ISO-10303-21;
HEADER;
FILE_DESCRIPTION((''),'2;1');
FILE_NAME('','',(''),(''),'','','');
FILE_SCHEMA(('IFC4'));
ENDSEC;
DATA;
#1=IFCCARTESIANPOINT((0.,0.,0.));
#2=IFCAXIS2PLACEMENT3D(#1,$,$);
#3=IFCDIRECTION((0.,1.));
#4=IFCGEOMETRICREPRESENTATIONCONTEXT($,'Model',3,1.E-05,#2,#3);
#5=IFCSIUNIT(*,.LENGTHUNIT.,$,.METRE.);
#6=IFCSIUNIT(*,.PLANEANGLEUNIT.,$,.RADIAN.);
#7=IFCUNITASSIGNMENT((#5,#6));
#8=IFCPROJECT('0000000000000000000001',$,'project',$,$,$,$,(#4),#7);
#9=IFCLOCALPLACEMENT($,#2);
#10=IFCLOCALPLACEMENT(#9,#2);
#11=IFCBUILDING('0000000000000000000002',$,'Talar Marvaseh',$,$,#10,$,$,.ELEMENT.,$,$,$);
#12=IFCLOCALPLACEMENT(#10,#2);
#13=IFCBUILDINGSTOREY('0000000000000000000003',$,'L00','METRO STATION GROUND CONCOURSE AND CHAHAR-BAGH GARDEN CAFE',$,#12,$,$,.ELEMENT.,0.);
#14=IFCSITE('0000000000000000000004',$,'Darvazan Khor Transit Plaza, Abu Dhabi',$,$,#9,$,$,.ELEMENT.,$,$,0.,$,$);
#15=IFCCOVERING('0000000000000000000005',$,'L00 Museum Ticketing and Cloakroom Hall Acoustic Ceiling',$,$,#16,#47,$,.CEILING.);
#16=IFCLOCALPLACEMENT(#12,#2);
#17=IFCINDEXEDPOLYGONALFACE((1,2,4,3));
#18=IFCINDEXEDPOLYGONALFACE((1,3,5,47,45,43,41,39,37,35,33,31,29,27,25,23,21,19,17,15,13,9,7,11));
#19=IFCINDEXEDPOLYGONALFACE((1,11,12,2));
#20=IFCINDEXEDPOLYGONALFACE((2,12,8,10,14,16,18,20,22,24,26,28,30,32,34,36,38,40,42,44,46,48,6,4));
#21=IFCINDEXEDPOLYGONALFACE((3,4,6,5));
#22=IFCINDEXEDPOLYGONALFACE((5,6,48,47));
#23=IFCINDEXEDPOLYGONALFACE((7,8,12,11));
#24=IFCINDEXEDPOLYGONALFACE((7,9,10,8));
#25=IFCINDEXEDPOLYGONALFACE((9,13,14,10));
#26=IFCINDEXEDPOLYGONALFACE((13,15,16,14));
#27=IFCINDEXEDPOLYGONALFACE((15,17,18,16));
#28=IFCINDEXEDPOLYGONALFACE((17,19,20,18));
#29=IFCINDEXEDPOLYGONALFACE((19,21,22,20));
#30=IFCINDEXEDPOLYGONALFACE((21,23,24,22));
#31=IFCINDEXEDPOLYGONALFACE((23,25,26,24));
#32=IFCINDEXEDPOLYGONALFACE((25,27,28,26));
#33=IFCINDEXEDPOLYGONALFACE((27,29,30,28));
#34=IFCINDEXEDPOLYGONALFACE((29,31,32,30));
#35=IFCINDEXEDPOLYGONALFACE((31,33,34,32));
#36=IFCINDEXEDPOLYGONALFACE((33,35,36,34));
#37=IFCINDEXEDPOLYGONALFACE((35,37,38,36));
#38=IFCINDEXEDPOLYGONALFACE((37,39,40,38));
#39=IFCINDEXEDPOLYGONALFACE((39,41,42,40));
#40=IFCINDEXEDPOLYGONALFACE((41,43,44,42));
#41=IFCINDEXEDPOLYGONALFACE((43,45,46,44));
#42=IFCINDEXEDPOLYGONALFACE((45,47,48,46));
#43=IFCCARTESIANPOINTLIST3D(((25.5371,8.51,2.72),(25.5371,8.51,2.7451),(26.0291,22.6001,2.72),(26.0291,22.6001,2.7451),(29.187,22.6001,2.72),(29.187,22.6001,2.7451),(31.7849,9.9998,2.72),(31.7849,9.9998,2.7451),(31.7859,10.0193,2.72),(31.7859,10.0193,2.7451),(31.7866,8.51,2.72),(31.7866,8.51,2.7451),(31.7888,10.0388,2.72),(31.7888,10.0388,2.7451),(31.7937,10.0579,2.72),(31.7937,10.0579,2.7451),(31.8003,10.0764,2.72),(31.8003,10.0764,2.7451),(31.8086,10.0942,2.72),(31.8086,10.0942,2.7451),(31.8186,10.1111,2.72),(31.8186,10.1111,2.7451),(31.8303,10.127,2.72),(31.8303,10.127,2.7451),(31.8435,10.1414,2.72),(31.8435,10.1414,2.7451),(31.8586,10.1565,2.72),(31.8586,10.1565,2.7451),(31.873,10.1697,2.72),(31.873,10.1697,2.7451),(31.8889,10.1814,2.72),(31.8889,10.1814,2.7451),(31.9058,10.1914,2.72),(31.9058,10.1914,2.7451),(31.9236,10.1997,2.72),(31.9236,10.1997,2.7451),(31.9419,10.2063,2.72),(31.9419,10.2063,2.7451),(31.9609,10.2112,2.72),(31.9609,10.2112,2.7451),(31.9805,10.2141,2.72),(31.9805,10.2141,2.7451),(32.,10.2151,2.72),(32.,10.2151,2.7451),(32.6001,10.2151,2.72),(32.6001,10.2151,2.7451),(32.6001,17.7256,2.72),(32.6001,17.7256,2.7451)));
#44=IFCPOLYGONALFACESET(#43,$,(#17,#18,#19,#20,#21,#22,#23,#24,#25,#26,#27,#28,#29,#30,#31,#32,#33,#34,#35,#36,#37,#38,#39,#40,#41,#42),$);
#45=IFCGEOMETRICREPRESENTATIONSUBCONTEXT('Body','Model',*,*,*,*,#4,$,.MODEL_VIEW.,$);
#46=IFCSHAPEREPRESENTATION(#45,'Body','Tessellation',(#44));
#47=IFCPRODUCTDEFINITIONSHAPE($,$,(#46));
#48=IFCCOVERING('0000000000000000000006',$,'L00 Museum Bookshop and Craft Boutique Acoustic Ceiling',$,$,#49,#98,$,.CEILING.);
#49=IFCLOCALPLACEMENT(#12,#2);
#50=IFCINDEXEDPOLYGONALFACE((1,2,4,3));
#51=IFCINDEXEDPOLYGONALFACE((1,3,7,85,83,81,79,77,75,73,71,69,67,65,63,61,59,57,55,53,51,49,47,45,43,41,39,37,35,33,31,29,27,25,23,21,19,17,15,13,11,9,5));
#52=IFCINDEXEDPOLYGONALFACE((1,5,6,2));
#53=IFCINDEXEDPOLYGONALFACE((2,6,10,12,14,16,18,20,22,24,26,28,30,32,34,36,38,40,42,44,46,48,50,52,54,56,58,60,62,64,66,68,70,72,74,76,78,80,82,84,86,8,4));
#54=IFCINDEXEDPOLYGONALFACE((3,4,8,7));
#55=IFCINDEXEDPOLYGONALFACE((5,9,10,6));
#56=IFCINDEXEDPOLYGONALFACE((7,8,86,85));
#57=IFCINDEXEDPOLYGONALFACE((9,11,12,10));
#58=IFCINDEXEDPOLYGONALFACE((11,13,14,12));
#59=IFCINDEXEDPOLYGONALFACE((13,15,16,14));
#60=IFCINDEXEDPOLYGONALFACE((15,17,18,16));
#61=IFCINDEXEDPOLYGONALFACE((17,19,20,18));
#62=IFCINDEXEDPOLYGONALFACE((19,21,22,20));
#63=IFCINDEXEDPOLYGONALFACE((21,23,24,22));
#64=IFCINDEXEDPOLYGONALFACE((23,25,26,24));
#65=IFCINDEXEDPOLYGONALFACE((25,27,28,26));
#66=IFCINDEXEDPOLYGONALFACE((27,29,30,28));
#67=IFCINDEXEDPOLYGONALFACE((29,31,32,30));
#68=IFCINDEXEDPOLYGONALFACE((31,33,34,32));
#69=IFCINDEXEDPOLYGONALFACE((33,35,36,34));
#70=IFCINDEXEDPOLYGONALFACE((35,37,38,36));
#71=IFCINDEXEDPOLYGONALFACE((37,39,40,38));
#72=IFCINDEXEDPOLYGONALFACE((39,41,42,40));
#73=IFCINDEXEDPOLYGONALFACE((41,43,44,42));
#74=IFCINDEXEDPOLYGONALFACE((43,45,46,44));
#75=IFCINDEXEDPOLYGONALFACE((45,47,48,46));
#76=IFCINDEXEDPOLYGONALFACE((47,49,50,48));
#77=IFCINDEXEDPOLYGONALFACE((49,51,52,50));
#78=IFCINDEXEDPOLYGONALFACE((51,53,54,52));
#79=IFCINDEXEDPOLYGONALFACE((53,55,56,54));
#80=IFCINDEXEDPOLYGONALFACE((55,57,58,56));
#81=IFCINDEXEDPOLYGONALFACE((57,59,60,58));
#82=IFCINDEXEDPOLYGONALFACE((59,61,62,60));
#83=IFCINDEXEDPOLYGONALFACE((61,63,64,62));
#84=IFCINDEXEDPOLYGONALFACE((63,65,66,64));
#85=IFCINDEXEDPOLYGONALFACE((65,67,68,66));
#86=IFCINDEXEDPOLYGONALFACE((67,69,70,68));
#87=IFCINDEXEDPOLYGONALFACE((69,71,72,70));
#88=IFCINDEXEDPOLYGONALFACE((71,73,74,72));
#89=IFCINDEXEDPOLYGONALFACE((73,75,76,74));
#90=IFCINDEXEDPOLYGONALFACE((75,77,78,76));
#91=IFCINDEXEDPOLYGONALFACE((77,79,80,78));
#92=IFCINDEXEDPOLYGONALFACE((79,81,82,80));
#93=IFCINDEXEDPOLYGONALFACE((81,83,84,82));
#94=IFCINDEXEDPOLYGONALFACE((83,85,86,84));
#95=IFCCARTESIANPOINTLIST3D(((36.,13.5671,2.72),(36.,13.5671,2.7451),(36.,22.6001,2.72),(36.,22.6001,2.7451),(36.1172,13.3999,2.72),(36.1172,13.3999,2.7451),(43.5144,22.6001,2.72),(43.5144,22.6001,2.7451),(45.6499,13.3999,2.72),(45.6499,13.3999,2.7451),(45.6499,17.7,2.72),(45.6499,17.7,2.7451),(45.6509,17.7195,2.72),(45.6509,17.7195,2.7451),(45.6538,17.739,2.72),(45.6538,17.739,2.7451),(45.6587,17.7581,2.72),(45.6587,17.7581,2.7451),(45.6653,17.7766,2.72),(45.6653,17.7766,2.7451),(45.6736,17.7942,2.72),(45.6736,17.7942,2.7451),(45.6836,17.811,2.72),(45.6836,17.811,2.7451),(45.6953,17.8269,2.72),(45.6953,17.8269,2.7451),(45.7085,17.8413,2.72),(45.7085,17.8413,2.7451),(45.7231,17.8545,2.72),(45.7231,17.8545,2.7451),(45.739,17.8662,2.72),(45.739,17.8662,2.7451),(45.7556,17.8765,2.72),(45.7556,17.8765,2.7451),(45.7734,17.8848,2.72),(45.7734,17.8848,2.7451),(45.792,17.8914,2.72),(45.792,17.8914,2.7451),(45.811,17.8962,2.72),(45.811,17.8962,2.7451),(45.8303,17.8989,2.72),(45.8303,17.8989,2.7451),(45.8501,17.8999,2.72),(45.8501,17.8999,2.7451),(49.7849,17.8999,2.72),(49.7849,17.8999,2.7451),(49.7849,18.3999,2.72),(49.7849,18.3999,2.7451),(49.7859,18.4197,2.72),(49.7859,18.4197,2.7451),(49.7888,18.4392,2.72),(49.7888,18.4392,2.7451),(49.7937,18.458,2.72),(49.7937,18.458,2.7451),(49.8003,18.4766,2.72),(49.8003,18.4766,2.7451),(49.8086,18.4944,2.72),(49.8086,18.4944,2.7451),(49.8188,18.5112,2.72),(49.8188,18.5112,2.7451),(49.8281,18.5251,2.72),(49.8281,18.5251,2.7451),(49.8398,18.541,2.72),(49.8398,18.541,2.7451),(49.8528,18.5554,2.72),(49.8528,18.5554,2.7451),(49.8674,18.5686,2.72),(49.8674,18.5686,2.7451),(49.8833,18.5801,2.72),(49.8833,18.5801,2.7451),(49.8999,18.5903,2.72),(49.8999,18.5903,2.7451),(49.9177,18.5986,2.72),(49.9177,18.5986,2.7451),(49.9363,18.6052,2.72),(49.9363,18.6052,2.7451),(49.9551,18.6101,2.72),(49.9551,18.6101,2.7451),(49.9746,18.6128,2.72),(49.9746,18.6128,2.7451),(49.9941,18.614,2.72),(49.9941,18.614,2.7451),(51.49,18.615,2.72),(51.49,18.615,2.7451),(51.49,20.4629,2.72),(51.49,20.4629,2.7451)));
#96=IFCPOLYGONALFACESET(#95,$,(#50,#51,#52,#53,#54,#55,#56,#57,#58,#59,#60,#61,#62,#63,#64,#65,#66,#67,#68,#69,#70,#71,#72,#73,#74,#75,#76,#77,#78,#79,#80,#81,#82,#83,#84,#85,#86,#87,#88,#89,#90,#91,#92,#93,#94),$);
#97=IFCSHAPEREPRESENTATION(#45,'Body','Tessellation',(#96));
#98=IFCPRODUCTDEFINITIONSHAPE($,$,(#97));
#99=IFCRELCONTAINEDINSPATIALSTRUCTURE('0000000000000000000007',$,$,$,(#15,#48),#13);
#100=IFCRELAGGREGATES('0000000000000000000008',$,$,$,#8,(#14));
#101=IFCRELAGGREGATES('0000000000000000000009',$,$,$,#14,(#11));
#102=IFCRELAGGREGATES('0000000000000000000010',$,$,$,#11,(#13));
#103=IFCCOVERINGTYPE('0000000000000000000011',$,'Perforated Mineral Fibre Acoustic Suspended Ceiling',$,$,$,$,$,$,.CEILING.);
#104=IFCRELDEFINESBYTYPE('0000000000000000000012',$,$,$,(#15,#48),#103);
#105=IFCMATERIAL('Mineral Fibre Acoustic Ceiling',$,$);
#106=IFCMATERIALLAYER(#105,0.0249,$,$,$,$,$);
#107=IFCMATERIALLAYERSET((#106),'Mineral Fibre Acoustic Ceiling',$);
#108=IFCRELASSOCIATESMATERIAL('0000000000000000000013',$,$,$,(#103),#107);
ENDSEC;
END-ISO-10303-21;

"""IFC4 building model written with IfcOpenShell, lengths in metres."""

from ifc_helpers import new_model, si_unit, direction, frame, origin, place, context, subcontext, project, spatial, polyline, outline, extrude, material, layer, layer_set, type_object, element, save


model = new_model("IFC4")

# Units and contexts
model_context = context("Model", 3, precision=1e-05, world=origin(), true_north=direction((0.0, 1.0)))
body_context = subcontext(model_context, "Body", "Model", "MODEL_VIEW")
ifc_project = project(units=[si_unit("LENGTHUNIT", "METRE"), si_unit("PLANEANGLEUNIT", "RADIAN")], contexts=[model_context])

# Site, building, storey
site_placement = place(None, origin())
site = spatial("IfcSite", under=ifc_project, at=site_placement, Name="Darvazan Khor Transit Plaza, Abu Dhabi", CompositionType="ELEMENT", RefElevation=0.0)
building_placement = place(site_placement, origin())
building = spatial("IfcBuilding", under=site, at=building_placement, Name="Talar Marvaseh", CompositionType="ELEMENT")
storey_placement = place(building_placement, origin())
storey = spatial("IfcBuildingStorey", under=building, at=storey_placement, Name="L00", Description="METRO STATION GROUND CONCOURSE AND CHAHAR-BAGH GARDEN CAFE", CompositionType="ELEMENT", Elevation=0.0)

# Coverings
ifc_material_1 = material(Name="Mineral Fibre Acoustic Ceiling")
ifc_layer_1 = layer(ifc_material_1, 0.0249)
ifc_layer_set_1 = layer_set([ifc_layer_1], Name="Mineral Fibre Acoustic Ceiling")
covering_type_1 = type_object("IfcCoveringType", Name="Perforated Mineral Fibre Acoustic Suspended Ceiling", PredefinedType="CEILING", material=ifc_layer_set_1)
covering_1_placement = place(storey_placement, frame((0.0, 0.0, 2.72)))
element("IfcCovering", 1, at=covering_1_placement, inside=storey, type_object=covering_type_1, Name="L00 Museum Ticketing and Cloakroom Hall Acoustic Ceiling", PredefinedType="CEILING", context=body_context, shape_type="SweptSolid", body=[
    extrude(outline(polyline([(26.0291, 22.6001), (29.187, 22.6001), (32.6001, 17.7256), (32.6001, 10.2151), (32.0, 10.2151), (31.9805, 10.2141), (31.9609, 10.2112), (31.9419, 10.2063), (31.9236, 10.1997), (31.9058, 10.1914), (31.8889, 10.1814), (31.873, 10.1697), (31.8586, 10.1565), (31.8435, 10.1414), (31.8303, 10.127), (31.8186, 10.1111), (31.8086, 10.0942), (31.8003, 10.0764), (31.7937, 10.0579), (31.7888, 10.0388), (31.7859, 10.0193), (31.7849, 9.9998), (31.7866, 8.51), (25.5371, 8.51), (26.0291, 22.6001)])), origin(), (0.0, 0.0, 1.0), 0.0251),
])
covering_2_placement = place(storey_placement, frame((0.0, 0.0, 2.72)))
element("IfcCovering", 2, at=covering_2_placement, inside=storey, type_object=covering_type_1, Name="L00 Museum Bookshop and Craft Boutique Acoustic Ceiling", PredefinedType="CEILING", context=body_context, shape_type="SweptSolid", body=[
    extrude(outline(polyline([(36.0, 13.5671), (36.0, 22.6001), (43.5144, 22.6001), (51.49, 20.4629), (51.49, 18.615), (49.9941, 18.614), (49.9746, 18.6128), (49.9551, 18.6101), (49.9363, 18.6052), (49.9177, 18.5986), (49.8999, 18.5903), (49.8833, 18.5801), (49.8674, 18.5686), (49.8528, 18.5554), (49.8398, 18.541), (49.8281, 18.5251), (49.8188, 18.5112), (49.8086, 18.4944), (49.8003, 18.4766), (49.7937, 18.458), (49.7888, 18.4392), (49.7859, 18.4197), (49.7849, 18.3999), (49.7849, 17.8999), (45.8501, 17.8999), (45.8303, 17.8989), (45.811, 17.8962), (45.792, 17.8914), (45.7734, 17.8848), (45.7556, 17.8765), (45.739, 17.8662), (45.7231, 17.8545), (45.7085, 17.8413), (45.6953, 17.8269), (45.6836, 17.811), (45.6736, 17.7942), (45.6653, 17.7766), (45.6587, 17.7581), (45.6538, 17.739), (45.6509, 17.7195), (45.6499, 17.7), (45.6499, 13.3999), (36.1172, 13.3999), (36.0, 13.5671)])), origin(), (0.0, 0.0, 1.0), 0.0251),
])

save(model, "model.ifc")
